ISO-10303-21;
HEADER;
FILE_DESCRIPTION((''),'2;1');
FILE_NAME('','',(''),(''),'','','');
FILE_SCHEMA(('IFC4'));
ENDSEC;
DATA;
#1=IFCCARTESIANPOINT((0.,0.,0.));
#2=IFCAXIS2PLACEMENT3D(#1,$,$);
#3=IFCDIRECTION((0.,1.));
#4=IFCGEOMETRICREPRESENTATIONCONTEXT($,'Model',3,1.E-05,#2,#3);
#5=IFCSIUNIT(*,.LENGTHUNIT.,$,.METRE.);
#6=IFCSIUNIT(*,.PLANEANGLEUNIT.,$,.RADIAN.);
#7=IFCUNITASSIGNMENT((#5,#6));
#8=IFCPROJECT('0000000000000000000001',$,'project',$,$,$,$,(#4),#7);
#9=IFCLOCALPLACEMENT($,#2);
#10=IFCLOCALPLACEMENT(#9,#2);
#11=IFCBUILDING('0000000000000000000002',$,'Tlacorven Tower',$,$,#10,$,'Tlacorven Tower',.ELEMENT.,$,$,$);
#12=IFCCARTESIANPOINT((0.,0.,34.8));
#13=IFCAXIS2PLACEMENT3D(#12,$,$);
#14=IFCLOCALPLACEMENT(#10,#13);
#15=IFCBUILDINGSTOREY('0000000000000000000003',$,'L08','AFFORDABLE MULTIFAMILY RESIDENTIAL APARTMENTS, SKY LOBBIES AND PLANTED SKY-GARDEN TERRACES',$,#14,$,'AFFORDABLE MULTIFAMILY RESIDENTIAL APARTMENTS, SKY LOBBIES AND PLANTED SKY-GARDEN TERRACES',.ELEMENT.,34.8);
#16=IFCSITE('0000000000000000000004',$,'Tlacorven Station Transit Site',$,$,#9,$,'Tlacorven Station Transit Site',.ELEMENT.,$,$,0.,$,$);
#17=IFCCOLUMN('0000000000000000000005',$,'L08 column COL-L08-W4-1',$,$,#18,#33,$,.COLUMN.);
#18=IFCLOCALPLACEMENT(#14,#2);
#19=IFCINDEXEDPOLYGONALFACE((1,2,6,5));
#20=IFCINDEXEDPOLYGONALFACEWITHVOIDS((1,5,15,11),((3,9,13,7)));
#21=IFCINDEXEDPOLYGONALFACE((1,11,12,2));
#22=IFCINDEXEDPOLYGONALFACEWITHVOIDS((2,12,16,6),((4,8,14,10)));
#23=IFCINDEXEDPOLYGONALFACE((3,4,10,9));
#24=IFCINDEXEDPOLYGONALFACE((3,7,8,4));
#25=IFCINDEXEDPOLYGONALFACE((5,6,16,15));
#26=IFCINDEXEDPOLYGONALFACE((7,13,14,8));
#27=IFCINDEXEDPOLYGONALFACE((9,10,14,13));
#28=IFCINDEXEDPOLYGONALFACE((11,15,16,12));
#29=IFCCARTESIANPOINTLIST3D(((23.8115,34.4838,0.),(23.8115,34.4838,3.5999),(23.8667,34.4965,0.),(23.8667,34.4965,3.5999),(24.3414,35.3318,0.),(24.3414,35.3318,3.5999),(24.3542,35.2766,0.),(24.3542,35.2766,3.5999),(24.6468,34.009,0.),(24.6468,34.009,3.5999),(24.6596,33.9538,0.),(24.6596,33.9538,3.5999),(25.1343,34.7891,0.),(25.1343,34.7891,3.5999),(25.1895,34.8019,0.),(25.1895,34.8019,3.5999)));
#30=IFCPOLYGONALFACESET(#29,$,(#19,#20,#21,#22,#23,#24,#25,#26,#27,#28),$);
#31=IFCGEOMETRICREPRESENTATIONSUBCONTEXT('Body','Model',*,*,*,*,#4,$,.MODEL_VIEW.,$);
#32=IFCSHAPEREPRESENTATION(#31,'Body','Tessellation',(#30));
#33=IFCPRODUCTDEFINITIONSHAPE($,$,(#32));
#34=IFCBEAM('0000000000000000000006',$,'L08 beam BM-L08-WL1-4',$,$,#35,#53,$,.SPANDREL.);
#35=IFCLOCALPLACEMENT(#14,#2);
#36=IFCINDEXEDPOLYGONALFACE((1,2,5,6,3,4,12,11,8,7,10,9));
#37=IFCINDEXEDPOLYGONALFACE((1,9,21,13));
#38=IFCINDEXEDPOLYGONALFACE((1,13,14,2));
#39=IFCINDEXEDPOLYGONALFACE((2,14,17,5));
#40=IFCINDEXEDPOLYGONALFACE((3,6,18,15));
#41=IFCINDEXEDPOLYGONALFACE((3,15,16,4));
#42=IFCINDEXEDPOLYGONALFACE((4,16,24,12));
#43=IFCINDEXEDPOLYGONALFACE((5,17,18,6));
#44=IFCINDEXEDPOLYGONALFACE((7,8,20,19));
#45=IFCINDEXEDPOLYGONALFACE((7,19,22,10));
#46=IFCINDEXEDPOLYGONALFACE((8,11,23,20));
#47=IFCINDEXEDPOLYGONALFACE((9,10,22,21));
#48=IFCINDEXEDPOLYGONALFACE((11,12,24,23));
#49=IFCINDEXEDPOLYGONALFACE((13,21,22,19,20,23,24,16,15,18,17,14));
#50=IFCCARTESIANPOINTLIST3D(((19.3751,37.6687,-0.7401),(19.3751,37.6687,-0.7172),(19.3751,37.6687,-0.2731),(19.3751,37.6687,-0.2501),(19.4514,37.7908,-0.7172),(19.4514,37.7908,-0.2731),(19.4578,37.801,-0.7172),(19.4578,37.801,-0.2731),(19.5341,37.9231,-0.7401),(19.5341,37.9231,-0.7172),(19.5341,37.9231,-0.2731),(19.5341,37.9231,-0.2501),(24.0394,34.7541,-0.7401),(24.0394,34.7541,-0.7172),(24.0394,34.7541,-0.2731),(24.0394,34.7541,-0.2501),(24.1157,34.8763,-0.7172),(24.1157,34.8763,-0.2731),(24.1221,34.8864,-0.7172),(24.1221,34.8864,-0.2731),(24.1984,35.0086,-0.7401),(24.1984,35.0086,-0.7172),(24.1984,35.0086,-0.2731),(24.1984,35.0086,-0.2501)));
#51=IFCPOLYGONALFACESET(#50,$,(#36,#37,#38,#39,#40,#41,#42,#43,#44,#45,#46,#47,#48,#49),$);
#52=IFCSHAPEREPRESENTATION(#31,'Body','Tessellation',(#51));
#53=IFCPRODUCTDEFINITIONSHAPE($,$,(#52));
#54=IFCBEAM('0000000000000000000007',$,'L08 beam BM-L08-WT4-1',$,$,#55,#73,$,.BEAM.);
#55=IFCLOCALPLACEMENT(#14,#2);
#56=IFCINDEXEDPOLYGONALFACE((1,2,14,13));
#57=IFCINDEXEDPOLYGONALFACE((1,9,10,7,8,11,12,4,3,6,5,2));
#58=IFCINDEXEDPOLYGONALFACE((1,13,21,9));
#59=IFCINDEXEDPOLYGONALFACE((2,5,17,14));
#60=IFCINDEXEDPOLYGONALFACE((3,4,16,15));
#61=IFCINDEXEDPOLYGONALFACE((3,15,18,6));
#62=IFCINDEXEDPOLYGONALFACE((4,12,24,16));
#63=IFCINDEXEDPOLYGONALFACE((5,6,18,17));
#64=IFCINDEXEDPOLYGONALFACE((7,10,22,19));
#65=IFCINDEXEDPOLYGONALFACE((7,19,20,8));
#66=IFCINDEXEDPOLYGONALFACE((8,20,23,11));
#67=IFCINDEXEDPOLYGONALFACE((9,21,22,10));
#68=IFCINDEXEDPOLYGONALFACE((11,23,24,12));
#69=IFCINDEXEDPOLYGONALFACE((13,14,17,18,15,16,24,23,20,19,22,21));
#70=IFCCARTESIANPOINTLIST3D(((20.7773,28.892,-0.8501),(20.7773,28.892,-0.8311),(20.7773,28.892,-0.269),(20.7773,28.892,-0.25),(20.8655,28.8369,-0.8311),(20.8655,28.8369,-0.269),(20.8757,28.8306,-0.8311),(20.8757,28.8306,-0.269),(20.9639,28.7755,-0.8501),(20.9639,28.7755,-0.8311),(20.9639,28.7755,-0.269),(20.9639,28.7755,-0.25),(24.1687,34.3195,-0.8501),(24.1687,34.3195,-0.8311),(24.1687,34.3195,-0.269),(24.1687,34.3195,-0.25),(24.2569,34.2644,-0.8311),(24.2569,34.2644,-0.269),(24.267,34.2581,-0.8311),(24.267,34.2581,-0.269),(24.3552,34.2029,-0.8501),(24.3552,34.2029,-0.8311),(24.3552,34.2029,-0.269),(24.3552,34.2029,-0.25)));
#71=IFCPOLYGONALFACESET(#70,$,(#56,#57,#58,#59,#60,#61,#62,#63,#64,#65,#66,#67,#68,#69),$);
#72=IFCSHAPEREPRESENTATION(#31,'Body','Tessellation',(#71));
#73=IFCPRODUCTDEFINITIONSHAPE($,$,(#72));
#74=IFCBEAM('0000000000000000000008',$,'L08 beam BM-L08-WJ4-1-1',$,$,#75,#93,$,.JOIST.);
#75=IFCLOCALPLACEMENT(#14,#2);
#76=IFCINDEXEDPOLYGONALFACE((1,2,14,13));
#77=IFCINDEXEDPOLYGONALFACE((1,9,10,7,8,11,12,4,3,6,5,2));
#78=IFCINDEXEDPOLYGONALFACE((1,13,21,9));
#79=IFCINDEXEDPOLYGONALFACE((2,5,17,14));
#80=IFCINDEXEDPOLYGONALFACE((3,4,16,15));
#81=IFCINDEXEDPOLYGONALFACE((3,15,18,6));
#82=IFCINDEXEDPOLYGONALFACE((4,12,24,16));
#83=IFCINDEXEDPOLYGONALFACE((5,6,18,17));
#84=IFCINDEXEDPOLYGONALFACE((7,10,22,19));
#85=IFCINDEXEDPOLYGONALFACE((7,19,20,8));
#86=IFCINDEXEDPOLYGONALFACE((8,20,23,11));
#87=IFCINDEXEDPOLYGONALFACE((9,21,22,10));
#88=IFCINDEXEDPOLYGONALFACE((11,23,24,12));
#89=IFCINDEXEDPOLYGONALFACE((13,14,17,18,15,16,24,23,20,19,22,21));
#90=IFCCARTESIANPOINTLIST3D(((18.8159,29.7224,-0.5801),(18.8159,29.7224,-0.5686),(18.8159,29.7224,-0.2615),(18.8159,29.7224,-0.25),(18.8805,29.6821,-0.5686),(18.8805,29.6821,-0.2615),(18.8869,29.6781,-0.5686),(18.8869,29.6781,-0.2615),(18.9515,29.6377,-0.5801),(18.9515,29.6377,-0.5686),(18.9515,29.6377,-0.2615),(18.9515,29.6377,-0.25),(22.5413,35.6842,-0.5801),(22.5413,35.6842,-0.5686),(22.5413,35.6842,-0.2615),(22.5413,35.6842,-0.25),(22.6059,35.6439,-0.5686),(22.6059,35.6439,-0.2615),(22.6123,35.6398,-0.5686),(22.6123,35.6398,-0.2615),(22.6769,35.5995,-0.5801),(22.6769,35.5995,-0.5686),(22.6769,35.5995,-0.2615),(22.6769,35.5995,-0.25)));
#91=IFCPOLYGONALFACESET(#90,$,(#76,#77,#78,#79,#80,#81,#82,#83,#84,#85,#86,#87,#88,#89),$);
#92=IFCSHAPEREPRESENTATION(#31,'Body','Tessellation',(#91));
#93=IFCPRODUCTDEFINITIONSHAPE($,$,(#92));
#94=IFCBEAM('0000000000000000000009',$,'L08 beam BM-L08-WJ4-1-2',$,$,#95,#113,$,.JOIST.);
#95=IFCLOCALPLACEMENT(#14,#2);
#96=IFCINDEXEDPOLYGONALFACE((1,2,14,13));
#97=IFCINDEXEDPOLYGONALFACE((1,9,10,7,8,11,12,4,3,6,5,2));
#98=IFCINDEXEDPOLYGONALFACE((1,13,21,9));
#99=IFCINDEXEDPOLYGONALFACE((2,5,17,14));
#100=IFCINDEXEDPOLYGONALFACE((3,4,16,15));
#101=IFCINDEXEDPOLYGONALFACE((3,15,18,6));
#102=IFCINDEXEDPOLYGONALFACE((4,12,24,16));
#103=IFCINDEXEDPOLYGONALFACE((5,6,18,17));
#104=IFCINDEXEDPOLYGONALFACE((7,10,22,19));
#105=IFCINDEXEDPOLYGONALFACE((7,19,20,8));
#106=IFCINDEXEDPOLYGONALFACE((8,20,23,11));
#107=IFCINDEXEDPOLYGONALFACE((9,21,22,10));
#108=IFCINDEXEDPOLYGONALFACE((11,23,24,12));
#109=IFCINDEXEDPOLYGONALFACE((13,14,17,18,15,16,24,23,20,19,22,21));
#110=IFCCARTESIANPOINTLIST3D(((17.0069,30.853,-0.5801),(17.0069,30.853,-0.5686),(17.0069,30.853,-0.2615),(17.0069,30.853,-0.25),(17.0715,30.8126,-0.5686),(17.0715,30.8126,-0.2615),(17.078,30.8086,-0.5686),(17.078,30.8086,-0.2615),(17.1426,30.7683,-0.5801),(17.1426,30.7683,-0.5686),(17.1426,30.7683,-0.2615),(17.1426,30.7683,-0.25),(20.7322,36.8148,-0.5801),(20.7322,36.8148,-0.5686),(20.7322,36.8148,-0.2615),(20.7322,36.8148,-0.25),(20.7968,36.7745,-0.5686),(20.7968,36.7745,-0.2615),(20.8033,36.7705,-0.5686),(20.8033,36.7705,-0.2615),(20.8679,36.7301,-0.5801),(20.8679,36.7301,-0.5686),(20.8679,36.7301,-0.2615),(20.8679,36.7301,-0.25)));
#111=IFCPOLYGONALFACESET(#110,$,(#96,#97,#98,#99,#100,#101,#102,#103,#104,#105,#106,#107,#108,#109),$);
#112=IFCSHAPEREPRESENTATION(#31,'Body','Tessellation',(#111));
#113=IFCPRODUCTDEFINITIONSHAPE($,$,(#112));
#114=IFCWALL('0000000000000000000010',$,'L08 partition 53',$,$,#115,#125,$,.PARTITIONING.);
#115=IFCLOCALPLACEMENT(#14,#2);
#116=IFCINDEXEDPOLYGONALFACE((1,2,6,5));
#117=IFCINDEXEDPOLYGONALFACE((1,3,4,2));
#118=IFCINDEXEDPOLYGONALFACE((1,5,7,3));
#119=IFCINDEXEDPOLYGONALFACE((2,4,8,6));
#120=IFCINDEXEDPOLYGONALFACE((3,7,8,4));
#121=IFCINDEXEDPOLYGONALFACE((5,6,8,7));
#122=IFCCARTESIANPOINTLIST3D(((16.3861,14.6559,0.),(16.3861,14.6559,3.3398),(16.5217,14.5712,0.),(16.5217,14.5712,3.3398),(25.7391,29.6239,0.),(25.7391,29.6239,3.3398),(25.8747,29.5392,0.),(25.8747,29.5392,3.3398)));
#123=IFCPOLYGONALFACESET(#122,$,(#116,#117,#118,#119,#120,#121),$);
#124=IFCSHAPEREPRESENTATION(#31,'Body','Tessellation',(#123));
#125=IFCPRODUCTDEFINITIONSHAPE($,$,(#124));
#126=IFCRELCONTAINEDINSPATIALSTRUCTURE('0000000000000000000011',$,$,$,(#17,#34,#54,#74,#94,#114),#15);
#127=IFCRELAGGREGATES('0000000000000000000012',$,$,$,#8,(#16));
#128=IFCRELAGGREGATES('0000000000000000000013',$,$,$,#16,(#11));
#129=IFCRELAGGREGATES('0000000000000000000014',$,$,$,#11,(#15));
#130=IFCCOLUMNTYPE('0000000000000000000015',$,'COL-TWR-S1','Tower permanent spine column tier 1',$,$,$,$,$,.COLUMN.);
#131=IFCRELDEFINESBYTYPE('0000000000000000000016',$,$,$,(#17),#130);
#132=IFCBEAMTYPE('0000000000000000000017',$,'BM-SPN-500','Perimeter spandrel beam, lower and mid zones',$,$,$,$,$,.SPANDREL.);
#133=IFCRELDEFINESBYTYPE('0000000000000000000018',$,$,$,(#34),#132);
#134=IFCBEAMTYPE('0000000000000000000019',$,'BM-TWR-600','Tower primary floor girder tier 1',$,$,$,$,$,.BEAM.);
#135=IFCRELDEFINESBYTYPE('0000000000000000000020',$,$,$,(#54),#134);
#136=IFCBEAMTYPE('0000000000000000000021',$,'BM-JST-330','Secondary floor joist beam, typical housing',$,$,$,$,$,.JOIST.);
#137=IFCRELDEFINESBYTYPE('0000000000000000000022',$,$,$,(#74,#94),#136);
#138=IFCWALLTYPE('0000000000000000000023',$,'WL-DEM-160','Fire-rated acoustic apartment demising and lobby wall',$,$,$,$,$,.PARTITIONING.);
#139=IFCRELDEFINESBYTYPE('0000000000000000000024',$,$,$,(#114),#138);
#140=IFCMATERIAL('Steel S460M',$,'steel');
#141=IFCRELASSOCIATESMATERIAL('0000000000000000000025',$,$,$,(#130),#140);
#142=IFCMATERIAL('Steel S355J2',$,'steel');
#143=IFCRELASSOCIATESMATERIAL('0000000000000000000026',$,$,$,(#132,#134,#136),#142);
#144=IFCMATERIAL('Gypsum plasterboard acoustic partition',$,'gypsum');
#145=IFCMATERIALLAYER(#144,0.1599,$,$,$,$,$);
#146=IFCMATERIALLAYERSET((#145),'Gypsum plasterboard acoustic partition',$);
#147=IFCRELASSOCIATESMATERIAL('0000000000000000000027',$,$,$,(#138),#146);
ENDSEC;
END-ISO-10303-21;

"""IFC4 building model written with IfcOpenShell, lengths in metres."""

from ifc_helpers import new_model, si_unit, direction, frame, frame_2d, origin, origin_2d, place, context, subcontext, project, spatial, rectangle, hollow_rectangle, i_section, extrude, source, transform, mapped, material, layer, layer_set, material_profile, profile_set, type_object, element, save


model = new_model("IFC4")

# Units and contexts
model_context = context("Model", 3, precision=1e-05, world=origin(), true_north=direction((0.0, 1.0)))
body_context = subcontext(model_context, "Body", "Model", "MODEL_VIEW")
ifc_project = project(units=[si_unit("LENGTHUNIT", "METRE"), si_unit("PLANEANGLEUNIT", "RADIAN")], contexts=[model_context])

# Site, building, storey
site_placement = place(None, origin())
site = spatial("IfcSite", under=ifc_project, at=site_placement, Name="Tlacorven Station Transit Site", LongName="Tlacorven Station Transit Site", CompositionType="ELEMENT", RefElevation=0.0)
building_placement = place(site_placement, origin())
building = spatial("IfcBuilding", under=site, at=building_placement, Name="Tlacorven Tower", LongName="Tlacorven Tower", CompositionType="ELEMENT")
storey_placement = place(building_placement, frame((0.0, 0.0, 34.8)))
storey = spatial("IfcBuildingStorey", under=building, at=storey_placement, Name="L08", Description="AFFORDABLE MULTIFAMILY RESIDENTIAL APARTMENTS, SKY LOBBIES AND PLANTED SKY-GARDEN TERRACES", LongName="AFFORDABLE MULTIFAMILY RESIDENTIAL APARTMENTS, SKY LOBBIES AND PLANTED SKY-GARDEN TERRACES", CompositionType="ELEMENT", Elevation=34.8)

# Column
ifc_material_1 = material(Name="Steel S460M", Category="steel")
ifc_material_profile_1 = material_profile(ifc_material_1, hollow_rectangle(XDim=1.0, YDim=1.0, WallThickness=0.04, at=origin_2d()), Name="BOX 1000X1000X40")
ifc_profile_set_1 = profile_set([ifc_material_profile_1], Name="Steel S460M")
column_type = type_object("IfcColumnType", Name="COL-TWR-S1", Description="Tower permanent spine column tier 1", PredefinedType="COLUMN", material=ifc_profile_set_1)
shared_shape_1 = source(origin(), body_context, "Body", "SweptSolid", [
    extrude(hollow_rectangle(XDim=1.0, YDim=1.0, WallThickness=0.04, at=origin_2d()), origin(), (0.0, 0.0, 1.0), 3.5999),
])
column_placement = place(storey_placement, frame((24.5005, 34.6428, 0.0), z_axis=(0.0, 0.0, 1.0), x_axis=(-0.848048, 0.529919, 0.0)))
element("IfcColumn", 1, at=column_placement, inside=storey, type_object=column_type, Name="L08 column COL-L08-W4-1", PredefinedType="COLUMN", context=body_context, shape_type="MappedRepresentation", body=[
    mapped(shared_shape_1, transform((0.0, 0.0, 0.0), scale=1.0)),
])

# Beams
ifc_material_2 = material(Name="Steel S355J2", Category="steel")
ifc_material_profile_2 = material_profile(ifc_material_2, i_section(OverallWidth=0.3, OverallDepth=0.49, WebThickness=0.012, FlangeThickness=0.0229, at=origin_2d()), Name="HEA 500")
ifc_profile_set_2 = profile_set([ifc_material_profile_2], Name="Steel S355J2")
beam_type_1 = type_object("IfcBeamType", Name="BM-SPN-500", Description="Perimeter spandrel beam, lower and mid zones", PredefinedType="SPANDREL", material=ifc_profile_set_2)
shared_shape_2 = source(origin(), body_context, "Body", "SweptSolid", [
    extrude(i_section(OverallWidth=0.3, OverallDepth=0.49, WebThickness=0.012, FlangeThickness=0.0229, at=origin_2d()), origin(), (0.0, 0.0, 1.0), 5.5),
])
beam_1_placement = place(storey_placement, frame((24.1189, 34.8813, -0.4951), z_axis=(-0.848051, 0.529915, 0.0), x_axis=(-0.529915, -0.848051, 0.0)))
element("IfcBeam", 2, at=beam_1_placement, inside=storey, type_object=beam_type_1, Name="L08 beam BM-L08-WL1-4", PredefinedType="SPANDREL", context=body_context, shape_type="MappedRepresentation", body=[
    mapped(shared_shape_2, transform((0.0, 0.0, 0.0), scale=1.0)),
])
ifc_material_profile_3 = material_profile(ifc_material_2, i_section(OverallWidth=0.22, OverallDepth=0.6001, WebThickness=0.012, FlangeThickness=0.019, at=origin_2d()), Name="IPE 600")
ifc_profile_set_3 = profile_set([ifc_material_profile_3], Name="Steel S355J2")
beam_type_2 = type_object("IfcBeamType", Name="BM-TWR-600", Description="Tower primary floor girder tier 1", PredefinedType="BEAM", material=ifc_profile_set_3)
shared_shape_3 = source(origin(), body_context, "Body", "SweptSolid", [
    extrude(i_section(OverallWidth=0.22, OverallDepth=0.6001, WebThickness=0.012, FlangeThickness=0.019, at=origin_2d()), origin(), (0.0, 0.0, 1.0), 6.3999),
])
beam_2_placement = place(storey_placement, frame((24.262, 34.2612, -0.55), z_axis=(-0.529906, -0.848056, 0.0), x_axis=(0.848056, -0.529906, 0.0)))
element("IfcBeam", 3, at=beam_2_placement, inside=storey, type_object=beam_type_2, Name="L08 beam BM-L08-WT4-1", PredefinedType="BEAM", context=body_context, shape_type="MappedRepresentation", body=[
    mapped(shared_shape_3, transform((0.0, 0.0, 0.0), scale=1.0)),
])
ifc_material_profile_4 = material_profile(ifc_material_2, i_section(OverallWidth=0.1599, OverallDepth=0.3301, WebThickness=0.0076, FlangeThickness=0.0115, at=origin_2d()), Name="IPE 330")
ifc_profile_set_4 = profile_set([ifc_material_profile_4], Name="Steel S355J2")
beam_type_3 = type_object("IfcBeamType", Name="BM-JST-330", Description="Secondary floor joist beam, typical housing", PredefinedType="JOIST", material=ifc_profile_set_4)
shared_shape_4 = source(origin(), body_context, "Body", "SweptSolid", [
    extrude(i_section(OverallWidth=0.1599, OverallDepth=0.3301, WebThickness=0.0076, FlangeThickness=0.0115, at=origin_2d()), origin(), (0.0, 0.0, 1.0), 7.03),
])
for number, where, z_axis, x_axis, name in (
    (4, (22.6091, 35.6418, -0.415), (-0.529927, -0.848043, 0.0), (0.848043, -0.529927, 0.0), "L08 beam BM-L08-WJ4-1-1"),
    (5, (20.8, 36.7725, -0.415), (-0.529912, -0.848053, 0.0), (0.848053, -0.529912, 0.0), "L08 beam BM-L08-WJ4-1-2"),
):
    element("IfcBeam", number, at=place(storey_placement, frame(where, z_axis=z_axis, x_axis=x_axis)), inside=storey, type_object=beam_type_3, Name=name, PredefinedType="JOIST", context=body_context, shape_type="MappedRepresentation", body=[
        mapped(shared_shape_4, transform((0.0, 0.0, 0.0), scale=1.0)),
    ])

# Wall
ifc_material_3 = material(Name="Gypsum plasterboard acoustic partition", Category="gypsum")
ifc_layer_1 = layer(ifc_material_3, 0.1599)
ifc_layer_set_1 = layer_set([ifc_layer_1], Name="Gypsum plasterboard acoustic partition")
wall_type_1 = type_object("IfcWallType", Name="WL-DEM-160", Description="Fire-rated acoustic apartment demising and lobby wall", PredefinedType="PARTITIONING", material=ifc_layer_set_1)
wall_1_placement = place(storey_placement, frame((25.8069, 29.5815, 0.0), z_axis=(0.0, 0.0, 1.0), x_axis=(-0.529918, -0.848049, 0.0)))
element("IfcWall", 6, at=wall_1_placement, inside=storey, type_object=wall_type_1, Name="L08 partition 53", PredefinedType="PARTITIONING", context=body_context, shape_type="SweptSolid", body=[
    extrude(rectangle(XDim=17.6499, YDim=0.1599, at=frame_2d((8.825, 0.0))), origin(), (0.0, 0.0, 1.0), 3.3398),
])

save(model, "model.ifc")
